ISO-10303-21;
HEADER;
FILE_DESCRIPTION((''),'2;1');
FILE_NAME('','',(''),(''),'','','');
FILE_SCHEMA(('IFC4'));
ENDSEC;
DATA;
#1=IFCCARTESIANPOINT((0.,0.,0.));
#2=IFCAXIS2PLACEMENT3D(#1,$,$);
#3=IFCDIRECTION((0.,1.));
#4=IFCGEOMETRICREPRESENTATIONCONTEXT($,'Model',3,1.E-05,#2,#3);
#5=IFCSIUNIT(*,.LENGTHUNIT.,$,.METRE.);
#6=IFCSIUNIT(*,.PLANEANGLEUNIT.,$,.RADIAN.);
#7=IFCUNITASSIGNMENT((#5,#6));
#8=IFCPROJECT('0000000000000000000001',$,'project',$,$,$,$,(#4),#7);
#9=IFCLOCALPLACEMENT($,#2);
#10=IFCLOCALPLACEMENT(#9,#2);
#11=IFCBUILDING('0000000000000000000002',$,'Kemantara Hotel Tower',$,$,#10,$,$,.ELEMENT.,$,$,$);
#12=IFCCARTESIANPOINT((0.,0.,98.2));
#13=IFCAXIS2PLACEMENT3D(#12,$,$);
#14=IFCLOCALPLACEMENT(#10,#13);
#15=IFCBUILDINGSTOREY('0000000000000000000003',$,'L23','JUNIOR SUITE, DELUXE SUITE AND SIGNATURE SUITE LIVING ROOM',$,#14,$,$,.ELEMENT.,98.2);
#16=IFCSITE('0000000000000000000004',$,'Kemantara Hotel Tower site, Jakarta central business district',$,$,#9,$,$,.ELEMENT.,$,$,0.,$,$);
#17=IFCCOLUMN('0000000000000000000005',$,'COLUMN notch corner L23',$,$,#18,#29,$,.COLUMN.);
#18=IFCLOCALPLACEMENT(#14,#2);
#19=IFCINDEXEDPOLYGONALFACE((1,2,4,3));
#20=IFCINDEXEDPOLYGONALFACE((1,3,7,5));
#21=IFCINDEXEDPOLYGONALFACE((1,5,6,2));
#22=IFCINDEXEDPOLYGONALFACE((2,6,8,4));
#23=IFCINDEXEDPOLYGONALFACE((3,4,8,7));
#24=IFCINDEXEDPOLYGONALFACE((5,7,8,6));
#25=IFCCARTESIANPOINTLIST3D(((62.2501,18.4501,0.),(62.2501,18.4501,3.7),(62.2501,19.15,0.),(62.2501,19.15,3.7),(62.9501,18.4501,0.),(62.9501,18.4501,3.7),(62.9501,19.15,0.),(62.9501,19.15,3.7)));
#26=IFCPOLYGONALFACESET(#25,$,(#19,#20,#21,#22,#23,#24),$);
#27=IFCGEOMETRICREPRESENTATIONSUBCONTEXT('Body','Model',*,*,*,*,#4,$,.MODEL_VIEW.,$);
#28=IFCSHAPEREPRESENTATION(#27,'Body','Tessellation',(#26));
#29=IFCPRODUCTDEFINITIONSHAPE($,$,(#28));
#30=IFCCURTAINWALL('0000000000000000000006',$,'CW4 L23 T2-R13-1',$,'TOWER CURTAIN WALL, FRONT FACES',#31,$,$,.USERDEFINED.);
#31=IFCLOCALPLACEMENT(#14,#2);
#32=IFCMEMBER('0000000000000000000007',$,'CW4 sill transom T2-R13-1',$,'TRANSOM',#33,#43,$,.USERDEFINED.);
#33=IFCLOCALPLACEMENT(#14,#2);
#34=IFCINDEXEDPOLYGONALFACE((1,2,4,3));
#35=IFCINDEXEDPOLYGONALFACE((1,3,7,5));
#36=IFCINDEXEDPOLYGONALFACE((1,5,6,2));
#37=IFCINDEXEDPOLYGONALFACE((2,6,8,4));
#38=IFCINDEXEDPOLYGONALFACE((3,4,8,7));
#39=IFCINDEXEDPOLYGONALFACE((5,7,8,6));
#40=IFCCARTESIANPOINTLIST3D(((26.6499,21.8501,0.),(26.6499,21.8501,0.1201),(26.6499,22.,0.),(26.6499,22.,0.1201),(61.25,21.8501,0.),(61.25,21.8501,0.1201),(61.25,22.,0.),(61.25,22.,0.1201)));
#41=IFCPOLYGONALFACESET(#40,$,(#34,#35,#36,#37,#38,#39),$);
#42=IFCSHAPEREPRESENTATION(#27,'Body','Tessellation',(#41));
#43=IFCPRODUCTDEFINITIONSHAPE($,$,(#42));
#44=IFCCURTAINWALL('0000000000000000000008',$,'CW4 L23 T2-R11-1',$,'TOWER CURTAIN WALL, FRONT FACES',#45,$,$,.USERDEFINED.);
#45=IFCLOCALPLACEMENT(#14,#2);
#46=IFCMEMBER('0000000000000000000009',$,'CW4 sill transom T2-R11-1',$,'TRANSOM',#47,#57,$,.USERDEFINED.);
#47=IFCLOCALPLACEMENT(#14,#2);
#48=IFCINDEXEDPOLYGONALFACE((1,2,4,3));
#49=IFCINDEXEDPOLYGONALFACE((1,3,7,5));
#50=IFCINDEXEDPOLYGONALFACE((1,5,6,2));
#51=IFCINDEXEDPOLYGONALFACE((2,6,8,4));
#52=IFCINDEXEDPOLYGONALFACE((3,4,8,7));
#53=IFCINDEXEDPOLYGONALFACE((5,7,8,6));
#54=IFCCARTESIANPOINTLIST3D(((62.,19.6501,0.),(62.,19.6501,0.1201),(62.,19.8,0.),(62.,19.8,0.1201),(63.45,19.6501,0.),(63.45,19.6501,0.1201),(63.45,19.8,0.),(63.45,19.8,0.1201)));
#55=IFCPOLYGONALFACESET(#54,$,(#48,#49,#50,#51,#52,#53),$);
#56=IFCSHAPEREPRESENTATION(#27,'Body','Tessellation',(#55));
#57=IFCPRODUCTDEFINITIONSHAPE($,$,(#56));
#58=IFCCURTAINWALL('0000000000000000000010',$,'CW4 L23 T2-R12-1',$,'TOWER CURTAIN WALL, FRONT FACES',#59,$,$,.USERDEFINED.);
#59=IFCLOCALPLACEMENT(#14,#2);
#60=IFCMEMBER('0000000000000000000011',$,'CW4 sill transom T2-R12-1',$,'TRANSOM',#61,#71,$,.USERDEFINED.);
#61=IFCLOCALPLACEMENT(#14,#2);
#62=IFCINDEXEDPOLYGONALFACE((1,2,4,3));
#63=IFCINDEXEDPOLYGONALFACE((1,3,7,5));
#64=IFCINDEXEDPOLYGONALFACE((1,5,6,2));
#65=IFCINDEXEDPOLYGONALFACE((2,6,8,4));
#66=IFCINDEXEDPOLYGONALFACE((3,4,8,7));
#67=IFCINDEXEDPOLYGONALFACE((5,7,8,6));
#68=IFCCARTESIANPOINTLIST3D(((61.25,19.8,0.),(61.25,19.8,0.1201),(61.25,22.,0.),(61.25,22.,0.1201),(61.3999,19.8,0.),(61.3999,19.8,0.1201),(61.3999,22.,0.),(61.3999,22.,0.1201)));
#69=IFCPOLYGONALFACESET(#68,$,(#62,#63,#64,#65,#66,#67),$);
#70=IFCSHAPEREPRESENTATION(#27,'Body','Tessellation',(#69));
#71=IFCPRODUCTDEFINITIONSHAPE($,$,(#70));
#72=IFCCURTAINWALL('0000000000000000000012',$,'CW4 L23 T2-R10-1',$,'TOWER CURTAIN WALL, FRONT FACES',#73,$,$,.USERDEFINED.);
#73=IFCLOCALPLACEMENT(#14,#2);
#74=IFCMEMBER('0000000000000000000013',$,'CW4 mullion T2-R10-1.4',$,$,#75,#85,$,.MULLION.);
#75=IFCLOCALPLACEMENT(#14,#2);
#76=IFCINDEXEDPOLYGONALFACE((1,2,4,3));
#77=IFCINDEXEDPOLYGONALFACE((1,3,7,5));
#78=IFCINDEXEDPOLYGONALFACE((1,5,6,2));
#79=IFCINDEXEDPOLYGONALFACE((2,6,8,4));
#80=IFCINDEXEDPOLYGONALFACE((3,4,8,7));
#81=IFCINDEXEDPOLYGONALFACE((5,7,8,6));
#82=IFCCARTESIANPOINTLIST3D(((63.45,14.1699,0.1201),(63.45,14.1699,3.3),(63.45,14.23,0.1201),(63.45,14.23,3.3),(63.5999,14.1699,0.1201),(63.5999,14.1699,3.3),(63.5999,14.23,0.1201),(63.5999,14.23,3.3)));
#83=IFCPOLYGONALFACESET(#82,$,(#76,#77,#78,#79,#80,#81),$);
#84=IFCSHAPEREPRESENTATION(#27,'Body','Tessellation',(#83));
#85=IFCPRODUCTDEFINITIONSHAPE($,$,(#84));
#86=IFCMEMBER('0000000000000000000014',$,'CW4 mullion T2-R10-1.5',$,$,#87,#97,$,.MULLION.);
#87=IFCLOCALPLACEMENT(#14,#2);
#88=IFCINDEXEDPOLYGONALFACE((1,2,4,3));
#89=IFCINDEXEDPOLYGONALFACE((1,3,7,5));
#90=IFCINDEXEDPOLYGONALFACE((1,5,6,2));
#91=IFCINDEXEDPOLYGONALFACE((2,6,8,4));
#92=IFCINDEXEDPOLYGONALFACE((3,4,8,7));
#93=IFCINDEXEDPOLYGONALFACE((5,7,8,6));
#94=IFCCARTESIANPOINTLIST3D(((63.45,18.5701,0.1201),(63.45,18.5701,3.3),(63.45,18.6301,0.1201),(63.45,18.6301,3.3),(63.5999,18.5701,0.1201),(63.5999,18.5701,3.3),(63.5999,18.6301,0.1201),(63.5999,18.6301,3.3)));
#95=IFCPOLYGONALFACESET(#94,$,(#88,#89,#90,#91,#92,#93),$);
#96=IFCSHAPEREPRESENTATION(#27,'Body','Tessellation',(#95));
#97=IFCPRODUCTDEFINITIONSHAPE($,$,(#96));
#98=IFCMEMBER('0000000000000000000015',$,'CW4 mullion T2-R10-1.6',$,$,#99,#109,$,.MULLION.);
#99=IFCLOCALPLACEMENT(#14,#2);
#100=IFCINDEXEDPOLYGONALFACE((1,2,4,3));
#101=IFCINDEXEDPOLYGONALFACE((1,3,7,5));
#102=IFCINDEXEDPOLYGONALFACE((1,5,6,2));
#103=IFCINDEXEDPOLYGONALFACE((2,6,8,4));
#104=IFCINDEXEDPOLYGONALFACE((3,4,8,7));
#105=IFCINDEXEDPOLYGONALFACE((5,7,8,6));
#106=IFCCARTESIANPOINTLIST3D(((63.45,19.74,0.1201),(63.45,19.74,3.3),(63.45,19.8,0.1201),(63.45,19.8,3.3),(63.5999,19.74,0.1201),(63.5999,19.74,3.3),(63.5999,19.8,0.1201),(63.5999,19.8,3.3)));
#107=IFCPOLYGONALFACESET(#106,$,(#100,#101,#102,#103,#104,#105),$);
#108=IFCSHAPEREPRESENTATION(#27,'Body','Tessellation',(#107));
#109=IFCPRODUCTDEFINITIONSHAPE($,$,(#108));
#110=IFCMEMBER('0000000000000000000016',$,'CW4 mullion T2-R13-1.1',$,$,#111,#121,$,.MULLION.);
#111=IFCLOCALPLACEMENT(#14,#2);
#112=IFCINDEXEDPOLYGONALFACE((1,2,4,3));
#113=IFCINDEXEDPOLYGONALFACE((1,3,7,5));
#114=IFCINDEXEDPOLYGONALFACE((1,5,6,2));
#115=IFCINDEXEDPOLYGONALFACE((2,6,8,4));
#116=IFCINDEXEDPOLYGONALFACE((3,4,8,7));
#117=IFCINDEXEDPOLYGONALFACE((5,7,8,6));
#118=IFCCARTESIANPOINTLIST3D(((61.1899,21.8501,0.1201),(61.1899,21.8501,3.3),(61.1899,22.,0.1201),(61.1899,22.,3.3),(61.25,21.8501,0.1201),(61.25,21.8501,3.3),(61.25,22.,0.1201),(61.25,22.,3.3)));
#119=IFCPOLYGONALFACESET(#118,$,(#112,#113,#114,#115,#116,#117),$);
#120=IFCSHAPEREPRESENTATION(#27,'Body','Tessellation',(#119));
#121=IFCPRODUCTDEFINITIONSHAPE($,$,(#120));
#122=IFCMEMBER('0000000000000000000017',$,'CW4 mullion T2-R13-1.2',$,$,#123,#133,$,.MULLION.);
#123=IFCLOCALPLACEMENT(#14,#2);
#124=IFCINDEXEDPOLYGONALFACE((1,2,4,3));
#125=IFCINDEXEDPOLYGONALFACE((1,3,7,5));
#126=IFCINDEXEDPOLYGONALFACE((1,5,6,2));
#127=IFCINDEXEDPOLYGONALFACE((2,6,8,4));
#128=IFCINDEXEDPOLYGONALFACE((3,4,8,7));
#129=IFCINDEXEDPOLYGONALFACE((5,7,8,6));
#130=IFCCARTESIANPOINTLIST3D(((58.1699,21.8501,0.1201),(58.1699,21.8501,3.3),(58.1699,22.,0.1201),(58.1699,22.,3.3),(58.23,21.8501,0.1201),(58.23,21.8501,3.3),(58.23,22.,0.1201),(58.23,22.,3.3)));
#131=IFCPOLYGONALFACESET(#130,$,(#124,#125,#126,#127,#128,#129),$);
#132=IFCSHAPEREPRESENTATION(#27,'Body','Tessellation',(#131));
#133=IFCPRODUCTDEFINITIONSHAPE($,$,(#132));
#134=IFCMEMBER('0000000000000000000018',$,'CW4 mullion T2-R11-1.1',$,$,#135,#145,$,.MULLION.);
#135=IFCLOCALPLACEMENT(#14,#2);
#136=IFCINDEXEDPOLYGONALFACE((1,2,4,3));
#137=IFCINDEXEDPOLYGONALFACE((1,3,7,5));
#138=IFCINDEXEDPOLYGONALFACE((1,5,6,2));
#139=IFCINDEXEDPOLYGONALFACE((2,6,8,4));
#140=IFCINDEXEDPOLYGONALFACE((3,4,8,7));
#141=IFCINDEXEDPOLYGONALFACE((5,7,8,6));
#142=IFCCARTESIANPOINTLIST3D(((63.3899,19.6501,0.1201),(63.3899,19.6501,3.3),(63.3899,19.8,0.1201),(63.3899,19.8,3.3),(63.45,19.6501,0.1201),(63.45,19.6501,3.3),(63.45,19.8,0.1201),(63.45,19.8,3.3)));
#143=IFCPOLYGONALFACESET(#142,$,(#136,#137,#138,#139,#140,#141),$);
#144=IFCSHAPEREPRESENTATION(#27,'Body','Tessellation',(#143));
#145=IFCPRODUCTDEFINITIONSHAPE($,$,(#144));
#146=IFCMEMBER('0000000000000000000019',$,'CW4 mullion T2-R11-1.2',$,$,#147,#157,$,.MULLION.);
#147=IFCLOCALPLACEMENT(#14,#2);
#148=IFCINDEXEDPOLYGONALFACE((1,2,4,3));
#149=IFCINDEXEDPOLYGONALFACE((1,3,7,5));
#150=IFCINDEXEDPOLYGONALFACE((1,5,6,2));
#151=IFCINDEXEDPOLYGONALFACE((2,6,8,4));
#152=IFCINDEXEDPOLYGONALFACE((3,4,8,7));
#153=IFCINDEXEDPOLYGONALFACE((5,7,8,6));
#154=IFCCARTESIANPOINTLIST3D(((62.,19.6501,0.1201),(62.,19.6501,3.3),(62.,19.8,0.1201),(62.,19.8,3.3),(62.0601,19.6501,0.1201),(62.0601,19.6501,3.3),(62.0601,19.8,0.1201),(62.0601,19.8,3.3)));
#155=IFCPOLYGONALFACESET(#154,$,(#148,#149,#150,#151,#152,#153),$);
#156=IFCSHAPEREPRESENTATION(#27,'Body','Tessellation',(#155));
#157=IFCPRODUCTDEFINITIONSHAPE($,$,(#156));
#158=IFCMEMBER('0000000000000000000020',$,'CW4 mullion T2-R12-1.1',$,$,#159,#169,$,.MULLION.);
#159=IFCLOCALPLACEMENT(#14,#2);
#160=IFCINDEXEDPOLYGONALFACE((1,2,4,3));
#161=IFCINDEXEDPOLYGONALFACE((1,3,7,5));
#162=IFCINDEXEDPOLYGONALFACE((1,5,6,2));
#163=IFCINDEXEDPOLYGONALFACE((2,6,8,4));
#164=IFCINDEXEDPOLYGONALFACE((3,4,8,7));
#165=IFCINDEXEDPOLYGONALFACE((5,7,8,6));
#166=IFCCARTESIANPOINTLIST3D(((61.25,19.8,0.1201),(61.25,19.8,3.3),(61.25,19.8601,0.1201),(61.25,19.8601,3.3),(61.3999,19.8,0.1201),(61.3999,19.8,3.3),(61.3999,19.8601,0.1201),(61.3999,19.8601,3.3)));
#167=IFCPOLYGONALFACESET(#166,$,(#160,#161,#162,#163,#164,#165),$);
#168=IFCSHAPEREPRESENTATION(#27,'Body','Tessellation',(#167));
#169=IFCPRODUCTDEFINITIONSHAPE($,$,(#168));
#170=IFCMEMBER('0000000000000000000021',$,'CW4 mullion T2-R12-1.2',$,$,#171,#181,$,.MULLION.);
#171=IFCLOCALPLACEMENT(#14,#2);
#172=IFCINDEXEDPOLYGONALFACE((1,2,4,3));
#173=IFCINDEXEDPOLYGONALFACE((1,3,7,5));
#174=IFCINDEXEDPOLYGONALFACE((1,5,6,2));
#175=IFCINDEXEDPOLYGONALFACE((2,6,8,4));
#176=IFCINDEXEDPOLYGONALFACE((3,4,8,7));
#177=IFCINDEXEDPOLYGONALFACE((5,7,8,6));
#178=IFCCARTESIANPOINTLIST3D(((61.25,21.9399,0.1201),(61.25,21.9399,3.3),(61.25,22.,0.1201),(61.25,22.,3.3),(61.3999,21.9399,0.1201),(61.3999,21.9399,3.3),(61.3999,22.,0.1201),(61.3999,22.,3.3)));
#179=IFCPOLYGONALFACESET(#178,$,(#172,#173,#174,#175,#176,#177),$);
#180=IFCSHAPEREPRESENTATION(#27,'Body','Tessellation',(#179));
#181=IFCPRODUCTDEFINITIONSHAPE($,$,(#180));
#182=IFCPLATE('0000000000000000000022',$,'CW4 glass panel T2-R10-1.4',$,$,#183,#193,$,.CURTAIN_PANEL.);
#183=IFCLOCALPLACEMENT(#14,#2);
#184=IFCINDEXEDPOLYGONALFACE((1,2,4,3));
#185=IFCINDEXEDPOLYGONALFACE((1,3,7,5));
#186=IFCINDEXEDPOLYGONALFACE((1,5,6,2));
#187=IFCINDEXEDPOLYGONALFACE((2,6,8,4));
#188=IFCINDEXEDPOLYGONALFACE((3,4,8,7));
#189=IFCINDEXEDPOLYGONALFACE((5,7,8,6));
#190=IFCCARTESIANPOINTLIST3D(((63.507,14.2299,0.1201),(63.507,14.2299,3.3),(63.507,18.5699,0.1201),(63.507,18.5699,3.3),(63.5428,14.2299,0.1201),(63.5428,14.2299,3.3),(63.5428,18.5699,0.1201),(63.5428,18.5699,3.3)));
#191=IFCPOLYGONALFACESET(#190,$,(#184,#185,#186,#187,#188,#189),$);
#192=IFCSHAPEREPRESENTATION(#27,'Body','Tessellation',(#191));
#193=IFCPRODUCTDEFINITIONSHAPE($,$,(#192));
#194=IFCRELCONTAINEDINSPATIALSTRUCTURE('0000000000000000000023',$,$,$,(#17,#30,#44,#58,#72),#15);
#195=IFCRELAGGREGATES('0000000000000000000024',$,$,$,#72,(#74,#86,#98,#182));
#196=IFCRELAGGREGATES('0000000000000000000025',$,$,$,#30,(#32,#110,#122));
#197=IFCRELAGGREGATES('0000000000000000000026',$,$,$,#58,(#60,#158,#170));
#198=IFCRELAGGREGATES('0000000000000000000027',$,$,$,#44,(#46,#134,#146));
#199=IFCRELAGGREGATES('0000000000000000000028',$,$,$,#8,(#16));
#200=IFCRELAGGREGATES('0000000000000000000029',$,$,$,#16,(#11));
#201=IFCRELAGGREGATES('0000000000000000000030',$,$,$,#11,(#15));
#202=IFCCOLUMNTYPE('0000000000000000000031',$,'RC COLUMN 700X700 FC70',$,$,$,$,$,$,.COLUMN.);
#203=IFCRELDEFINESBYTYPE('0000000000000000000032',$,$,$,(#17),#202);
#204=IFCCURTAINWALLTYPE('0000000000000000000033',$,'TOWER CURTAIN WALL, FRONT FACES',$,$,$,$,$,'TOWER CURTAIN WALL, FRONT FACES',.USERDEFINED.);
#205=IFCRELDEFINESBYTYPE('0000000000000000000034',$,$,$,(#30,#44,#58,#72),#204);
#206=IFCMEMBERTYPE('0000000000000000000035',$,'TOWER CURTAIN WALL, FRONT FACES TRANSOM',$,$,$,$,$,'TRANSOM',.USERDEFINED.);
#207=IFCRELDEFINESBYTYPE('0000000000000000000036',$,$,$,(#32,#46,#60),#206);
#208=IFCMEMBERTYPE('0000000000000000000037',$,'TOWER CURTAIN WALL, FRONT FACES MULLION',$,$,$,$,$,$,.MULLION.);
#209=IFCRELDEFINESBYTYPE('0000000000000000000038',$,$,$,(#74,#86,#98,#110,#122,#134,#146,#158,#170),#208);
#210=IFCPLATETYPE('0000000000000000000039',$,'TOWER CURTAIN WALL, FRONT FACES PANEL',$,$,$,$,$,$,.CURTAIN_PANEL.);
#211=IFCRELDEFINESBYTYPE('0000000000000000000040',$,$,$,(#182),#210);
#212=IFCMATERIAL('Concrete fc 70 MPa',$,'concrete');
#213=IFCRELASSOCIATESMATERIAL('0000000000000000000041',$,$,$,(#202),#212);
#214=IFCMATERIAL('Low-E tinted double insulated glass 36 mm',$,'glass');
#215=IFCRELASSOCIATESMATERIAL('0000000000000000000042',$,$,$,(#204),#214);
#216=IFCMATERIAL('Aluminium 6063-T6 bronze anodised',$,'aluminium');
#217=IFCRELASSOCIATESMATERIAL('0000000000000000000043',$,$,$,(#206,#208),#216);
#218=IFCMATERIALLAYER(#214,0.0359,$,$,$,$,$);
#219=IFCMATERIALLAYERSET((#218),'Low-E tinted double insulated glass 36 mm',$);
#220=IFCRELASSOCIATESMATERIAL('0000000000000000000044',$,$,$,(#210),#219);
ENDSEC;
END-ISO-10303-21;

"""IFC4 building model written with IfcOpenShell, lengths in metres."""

from ifc_helpers import new_model, si_unit, direction, frame, origin, origin_2d, place, context, subcontext, project, spatial, rectangle, extrude, source, transform, mapped, material, layer, layer_set, material_profile, profile_set, type_object, element, aggregate, save


model = new_model("IFC4")

# Units and contexts
model_context = context("Model", 3, precision=1e-05, world=origin(), true_north=direction((0.0, 1.0)))
body_context = subcontext(model_context, "Body", "Model", "MODEL_VIEW")
ifc_project = project(units=[si_unit("LENGTHUNIT", "METRE"), si_unit("PLANEANGLEUNIT", "RADIAN")], contexts=[model_context])

# Site, building, storey
site_placement = place(None, origin())
site = spatial("IfcSite", under=ifc_project, at=site_placement, Name="Kemantara Hotel Tower site, Jakarta central business district", CompositionType="ELEMENT", RefElevation=0.0)
building_placement = place(site_placement, origin())
building = spatial("IfcBuilding", under=site, at=building_placement, Name="Kemantara Hotel Tower", CompositionType="ELEMENT")
storey_placement = place(building_placement, frame((0.0, 0.0, 98.2)))
storey = spatial("IfcBuildingStorey", under=building, at=storey_placement, Name="L23", Description="JUNIOR SUITE, DELUXE SUITE AND SIGNATURE SUITE LIVING ROOM", CompositionType="ELEMENT", Elevation=98.2)

# Column
ifc_material_1 = material(Name="Concrete fc 70 MPa", Category="concrete")
ifc_material_profile_1 = material_profile(ifc_material_1, rectangle(XDim=0.7, YDim=0.7, at=origin_2d()), Name="RC 700X700")
ifc_profile_set_1 = profile_set([ifc_material_profile_1], Name="Concrete fc 70 MPa")
column_type = type_object("IfcColumnType", Name="RC COLUMN 700X700 FC70", PredefinedType="COLUMN", material=ifc_profile_set_1)
column_placement = place(storey_placement, frame((62.6001, 18.8, 0.0), z_axis=(0.0, 0.0, 1.0), x_axis=(1.0, 0.0, 0.0)))
element("IfcColumn", 1, at=column_placement, inside=storey, type_object=column_type, Name="COLUMN notch corner L23", PredefinedType="COLUMN", context=body_context, shape_type="SweptSolid", body=[
    extrude(rectangle(XDim=0.7, YDim=0.7, at=origin_2d()), origin(), (0.0, 0.0, 1.0), 3.7),
])

# Curtain walls, members
ifc_material_2 = material(Name="Low-E tinted double insulated glass 36 mm", Category="glass")
curtain_wall_type = type_object("IfcCurtainWallType", Name="TOWER CURTAIN WALL, FRONT FACES", ElementType="TOWER CURTAIN WALL, FRONT FACES", PredefinedType="USERDEFINED", material=ifc_material_2)
curtain_wall_1_placement = place(storey_placement, origin())
curtain_wall_1 = element("IfcCurtainWall", 2, at=curtain_wall_1_placement, inside=storey, type_object=curtain_wall_type, Name="CW4 L23 T2-R13-1", ObjectType="TOWER CURTAIN WALL, FRONT FACES", PredefinedType="USERDEFINED")
ifc_material_3 = material(Name="Aluminium 6063-T6 bronze anodised", Category="aluminium")
ifc_material_profile_2 = material_profile(ifc_material_3, rectangle(XDim=0.1499, YDim=0.1201, at=origin_2d()), Name="TOWER CURTAIN WALL, FRONT FACES TRANSOM")
ifc_profile_set_2 = profile_set([ifc_material_profile_2], Name="Aluminium 6063-T6 bronze anodised")
member_type_1 = type_object("IfcMemberType", Name="TOWER CURTAIN WALL, FRONT FACES TRANSOM", ElementType="TRANSOM", PredefinedType="USERDEFINED", material=ifc_profile_set_2)
member_1_placement = place(storey_placement, frame((61.25, 21.925, 0.0601), z_axis=(-1.0, 0.0, 0.0), x_axis=(0.0, -1.0, 0.0)))
member_1 = element("IfcMember", 3, at=member_1_placement, type_object=member_type_1, Name="CW4 sill transom T2-R13-1", ObjectType="TRANSOM", PredefinedType="USERDEFINED", context=body_context, shape_type="SweptSolid", body=[
    extrude(rectangle(XDim=0.1499, YDim=0.1201, at=origin_2d()), origin(), (0.0, 0.0, 1.0), 34.6001),
])
curtain_wall_2_placement = place(storey_placement, origin())
curtain_wall_2 = element("IfcCurtainWall", 4, at=curtain_wall_2_placement, inside=storey, type_object=curtain_wall_type, Name="CW4 L23 T2-R11-1", ObjectType="TOWER CURTAIN WALL, FRONT FACES", PredefinedType="USERDEFINED")
member_2_placement = place(storey_placement, frame((63.45, 19.7251, 0.0601), z_axis=(-1.0, 0.0, 0.0), x_axis=(0.0, -1.0, 0.0)))
member_2 = element("IfcMember", 5, at=member_2_placement, type_object=member_type_1, Name="CW4 sill transom T2-R11-1", ObjectType="TRANSOM", PredefinedType="USERDEFINED", context=body_context, shape_type="SweptSolid", body=[
    extrude(rectangle(XDim=0.1499, YDim=0.1201, at=origin_2d()), origin(), (0.0, 0.0, 1.0), 1.45),
])
curtain_wall_3_placement = place(storey_placement, origin())
curtain_wall_3 = element("IfcCurtainWall", 6, at=curtain_wall_3_placement, inside=storey, type_object=curtain_wall_type, Name="CW4 L23 T2-R12-1", ObjectType="TOWER CURTAIN WALL, FRONT FACES", PredefinedType="USERDEFINED")
member_3_placement = place(storey_placement, frame((61.325, 19.8, 0.0601), z_axis=(0.0, 1.0, 0.0), x_axis=(-1.0, 0.0, 0.0)))
member_3 = element("IfcMember", 7, at=member_3_placement, type_object=member_type_1, Name="CW4 sill transom T2-R12-1", ObjectType="TRANSOM", PredefinedType="USERDEFINED", context=body_context, shape_type="SweptSolid", body=[
    extrude(rectangle(XDim=0.1499, YDim=0.1201, at=origin_2d()), origin(), (0.0, 0.0, 1.0), 2.2),
])

# Curtain wall, members
curtain_wall_4_placement = place(storey_placement, origin())
curtain_wall_4 = element("IfcCurtainWall", 8, at=curtain_wall_4_placement, inside=storey, type_object=curtain_wall_type, Name="CW4 L23 T2-R10-1", ObjectType="TOWER CURTAIN WALL, FRONT FACES", PredefinedType="USERDEFINED")
ifc_material_profile_3 = material_profile(ifc_material_3, rectangle(XDim=0.1499, YDim=0.0601, at=origin_2d()), Name="TOWER CURTAIN WALL, FRONT FACES MULLION")
ifc_profile_set_3 = profile_set([ifc_material_profile_3], Name="Aluminium 6063-T6 bronze anodised")
member_type_2 = type_object("IfcMemberType", Name="TOWER CURTAIN WALL, FRONT FACES MULLION", PredefinedType="MULLION", material=ifc_profile_set_3)
shared_shape_1 = source(origin(), body_context, "Body", "SweptSolid", [
    extrude(rectangle(XDim=0.1499, YDim=0.0601, at=origin_2d()), origin(), (0.0, 0.0, 1.0), 3.1799),
])
member_4_placement = place(storey_placement, frame((63.5249, 14.2, 0.1201), z_axis=(0.0, 0.0, 1.0), x_axis=(-1.0, 0.0, 0.0)))
member_4 = element("IfcMember", 9, at=member_4_placement, type_object=member_type_2, Name="CW4 mullion T2-R10-1.4", PredefinedType="MULLION", context=body_context, shape_type="MappedRepresentation", body=[
    mapped(shared_shape_1, transform((0.0, 0.0, 0.0))),
])
member_5_placement = place(storey_placement, frame((63.5249, 18.6001, 0.1201), z_axis=(0.0, 0.0, 1.0), x_axis=(-1.0, 0.0, 0.0)))
member_5 = element("IfcMember", 10, at=member_5_placement, type_object=member_type_2, Name="CW4 mullion T2-R10-1.5", PredefinedType="MULLION", context=body_context, shape_type="MappedRepresentation", body=[
    mapped(shared_shape_1, transform((0.0, 0.0, 0.0))),
])
member_6_placement = place(storey_placement, frame((63.5249, 19.77, 0.1201), z_axis=(0.0, 0.0, 1.0), x_axis=(-1.0, 0.0, 0.0)))
member_6 = element("IfcMember", 11, at=member_6_placement, type_object=member_type_2, Name="CW4 mullion T2-R10-1.6", PredefinedType="MULLION", context=body_context, shape_type="MappedRepresentation", body=[
    mapped(shared_shape_1, transform((0.0, 0.0, 0.0))),
])

# Members
member_7_placement = place(storey_placement, frame((61.22, 21.925, 0.1201), z_axis=(0.0, 0.0, 1.0), x_axis=(0.0, -1.0, 0.0)))
member_7 = element("IfcMember", 12, at=member_7_placement, type_object=member_type_2, Name="CW4 mullion T2-R13-1.1", PredefinedType="MULLION", context=body_context, shape_type="MappedRepresentation", body=[
    mapped(shared_shape_1, transform((0.0, 0.0, 0.0))),
])
member_8_placement = place(storey_placement, frame((58.2, 21.925, 0.1201), z_axis=(0.0, 0.0, 1.0), x_axis=(0.0, -1.0, 0.0)))
member_8 = element("IfcMember", 13, at=member_8_placement, type_object=member_type_2, Name="CW4 mullion T2-R13-1.2", PredefinedType="MULLION", context=body_context, shape_type="MappedRepresentation", body=[
    mapped(shared_shape_1, transform((0.0, 0.0, 0.0))),
])
member_9_placement = place(storey_placement, frame((63.4199, 19.7251, 0.1201), z_axis=(0.0, 0.0, 1.0), x_axis=(0.0, -1.0, 0.0)))
member_9 = element("IfcMember", 14, at=member_9_placement, type_object=member_type_2, Name="CW4 mullion T2-R11-1.1", PredefinedType="MULLION", context=body_context, shape_type="MappedRepresentation", body=[
    mapped(shared_shape_1, transform((0.0, 0.0, 0.0))),
])
member_10_placement = place(storey_placement, frame((62.03, 19.7251, 0.1201), z_axis=(0.0, 0.0, 1.0), x_axis=(0.0, -1.0, 0.0)))
member_10 = element("IfcMember", 15, at=member_10_placement, type_object=member_type_2, Name="CW4 mullion T2-R11-1.2", PredefinedType="MULLION", context=body_context, shape_type="MappedRepresentation", body=[
    mapped(shared_shape_1, transform((0.0, 0.0, 0.0))),
])
member_11_placement = place(storey_placement, frame((61.325, 19.8301, 0.1201), z_axis=(0.0, 0.0, 1.0), x_axis=(-1.0, 0.0, 0.0)))
member_11 = element("IfcMember", 16, at=member_11_placement, type_object=member_type_2, Name="CW4 mullion T2-R12-1.1", PredefinedType="MULLION", context=body_context, shape_type="MappedRepresentation", body=[
    mapped(shared_shape_1, transform((0.0, 0.0, 0.0))),
])
member_12_placement = place(storey_placement, frame((61.325, 21.97, 0.1201), z_axis=(0.0, 0.0, 1.0), x_axis=(-1.0, 0.0, 0.0)))
member_12 = element("IfcMember", 17, at=member_12_placement, type_object=member_type_2, Name="CW4 mullion T2-R12-1.2", PredefinedType="MULLION", context=body_context, shape_type="MappedRepresentation", body=[
    mapped(shared_shape_1, transform((0.0, 0.0, 0.0))),
])

# Plate
ifc_layer_1 = layer(ifc_material_2, 0.0359)
ifc_layer_set_1 = layer_set([ifc_layer_1], Name="Low-E tinted double insulated glass 36 mm")
plate_type = type_object("IfcPlateType", Name="TOWER CURTAIN WALL, FRONT FACES PANEL", PredefinedType="CURTAIN_PANEL", material=ifc_layer_set_1)
shared_shape_2 = source(origin(), body_context, "Body", "SweptSolid", [
    extrude(rectangle(XDim=4.3401, YDim=0.0359, at=origin_2d()), origin(), (0.0, 0.0, 1.0), 3.1799),
])
plate_1_placement = place(storey_placement, frame((63.5249, 16.3999, 0.1201), z_axis=(0.0, 0.0, 1.0), x_axis=(0.0, 1.0, 0.0)))
plate_1 = element("IfcPlate", 18, at=plate_1_placement, type_object=plate_type, Name="CW4 glass panel T2-R10-1.4", PredefinedType="CURTAIN_PANEL", context=body_context, shape_type="MappedRepresentation", body=[
    mapped(shared_shape_2, transform((0.0, 0.0, 0.0))),
])
aggregate(curtain_wall_4, [member_4, member_5, member_6, plate_1])
aggregate(curtain_wall_1, [member_1, member_7, member_8])
aggregate(curtain_wall_3, [member_3, member_11, member_12])
aggregate(curtain_wall_2, [member_2, member_9, member_10])

save(model, "model.ifc")
